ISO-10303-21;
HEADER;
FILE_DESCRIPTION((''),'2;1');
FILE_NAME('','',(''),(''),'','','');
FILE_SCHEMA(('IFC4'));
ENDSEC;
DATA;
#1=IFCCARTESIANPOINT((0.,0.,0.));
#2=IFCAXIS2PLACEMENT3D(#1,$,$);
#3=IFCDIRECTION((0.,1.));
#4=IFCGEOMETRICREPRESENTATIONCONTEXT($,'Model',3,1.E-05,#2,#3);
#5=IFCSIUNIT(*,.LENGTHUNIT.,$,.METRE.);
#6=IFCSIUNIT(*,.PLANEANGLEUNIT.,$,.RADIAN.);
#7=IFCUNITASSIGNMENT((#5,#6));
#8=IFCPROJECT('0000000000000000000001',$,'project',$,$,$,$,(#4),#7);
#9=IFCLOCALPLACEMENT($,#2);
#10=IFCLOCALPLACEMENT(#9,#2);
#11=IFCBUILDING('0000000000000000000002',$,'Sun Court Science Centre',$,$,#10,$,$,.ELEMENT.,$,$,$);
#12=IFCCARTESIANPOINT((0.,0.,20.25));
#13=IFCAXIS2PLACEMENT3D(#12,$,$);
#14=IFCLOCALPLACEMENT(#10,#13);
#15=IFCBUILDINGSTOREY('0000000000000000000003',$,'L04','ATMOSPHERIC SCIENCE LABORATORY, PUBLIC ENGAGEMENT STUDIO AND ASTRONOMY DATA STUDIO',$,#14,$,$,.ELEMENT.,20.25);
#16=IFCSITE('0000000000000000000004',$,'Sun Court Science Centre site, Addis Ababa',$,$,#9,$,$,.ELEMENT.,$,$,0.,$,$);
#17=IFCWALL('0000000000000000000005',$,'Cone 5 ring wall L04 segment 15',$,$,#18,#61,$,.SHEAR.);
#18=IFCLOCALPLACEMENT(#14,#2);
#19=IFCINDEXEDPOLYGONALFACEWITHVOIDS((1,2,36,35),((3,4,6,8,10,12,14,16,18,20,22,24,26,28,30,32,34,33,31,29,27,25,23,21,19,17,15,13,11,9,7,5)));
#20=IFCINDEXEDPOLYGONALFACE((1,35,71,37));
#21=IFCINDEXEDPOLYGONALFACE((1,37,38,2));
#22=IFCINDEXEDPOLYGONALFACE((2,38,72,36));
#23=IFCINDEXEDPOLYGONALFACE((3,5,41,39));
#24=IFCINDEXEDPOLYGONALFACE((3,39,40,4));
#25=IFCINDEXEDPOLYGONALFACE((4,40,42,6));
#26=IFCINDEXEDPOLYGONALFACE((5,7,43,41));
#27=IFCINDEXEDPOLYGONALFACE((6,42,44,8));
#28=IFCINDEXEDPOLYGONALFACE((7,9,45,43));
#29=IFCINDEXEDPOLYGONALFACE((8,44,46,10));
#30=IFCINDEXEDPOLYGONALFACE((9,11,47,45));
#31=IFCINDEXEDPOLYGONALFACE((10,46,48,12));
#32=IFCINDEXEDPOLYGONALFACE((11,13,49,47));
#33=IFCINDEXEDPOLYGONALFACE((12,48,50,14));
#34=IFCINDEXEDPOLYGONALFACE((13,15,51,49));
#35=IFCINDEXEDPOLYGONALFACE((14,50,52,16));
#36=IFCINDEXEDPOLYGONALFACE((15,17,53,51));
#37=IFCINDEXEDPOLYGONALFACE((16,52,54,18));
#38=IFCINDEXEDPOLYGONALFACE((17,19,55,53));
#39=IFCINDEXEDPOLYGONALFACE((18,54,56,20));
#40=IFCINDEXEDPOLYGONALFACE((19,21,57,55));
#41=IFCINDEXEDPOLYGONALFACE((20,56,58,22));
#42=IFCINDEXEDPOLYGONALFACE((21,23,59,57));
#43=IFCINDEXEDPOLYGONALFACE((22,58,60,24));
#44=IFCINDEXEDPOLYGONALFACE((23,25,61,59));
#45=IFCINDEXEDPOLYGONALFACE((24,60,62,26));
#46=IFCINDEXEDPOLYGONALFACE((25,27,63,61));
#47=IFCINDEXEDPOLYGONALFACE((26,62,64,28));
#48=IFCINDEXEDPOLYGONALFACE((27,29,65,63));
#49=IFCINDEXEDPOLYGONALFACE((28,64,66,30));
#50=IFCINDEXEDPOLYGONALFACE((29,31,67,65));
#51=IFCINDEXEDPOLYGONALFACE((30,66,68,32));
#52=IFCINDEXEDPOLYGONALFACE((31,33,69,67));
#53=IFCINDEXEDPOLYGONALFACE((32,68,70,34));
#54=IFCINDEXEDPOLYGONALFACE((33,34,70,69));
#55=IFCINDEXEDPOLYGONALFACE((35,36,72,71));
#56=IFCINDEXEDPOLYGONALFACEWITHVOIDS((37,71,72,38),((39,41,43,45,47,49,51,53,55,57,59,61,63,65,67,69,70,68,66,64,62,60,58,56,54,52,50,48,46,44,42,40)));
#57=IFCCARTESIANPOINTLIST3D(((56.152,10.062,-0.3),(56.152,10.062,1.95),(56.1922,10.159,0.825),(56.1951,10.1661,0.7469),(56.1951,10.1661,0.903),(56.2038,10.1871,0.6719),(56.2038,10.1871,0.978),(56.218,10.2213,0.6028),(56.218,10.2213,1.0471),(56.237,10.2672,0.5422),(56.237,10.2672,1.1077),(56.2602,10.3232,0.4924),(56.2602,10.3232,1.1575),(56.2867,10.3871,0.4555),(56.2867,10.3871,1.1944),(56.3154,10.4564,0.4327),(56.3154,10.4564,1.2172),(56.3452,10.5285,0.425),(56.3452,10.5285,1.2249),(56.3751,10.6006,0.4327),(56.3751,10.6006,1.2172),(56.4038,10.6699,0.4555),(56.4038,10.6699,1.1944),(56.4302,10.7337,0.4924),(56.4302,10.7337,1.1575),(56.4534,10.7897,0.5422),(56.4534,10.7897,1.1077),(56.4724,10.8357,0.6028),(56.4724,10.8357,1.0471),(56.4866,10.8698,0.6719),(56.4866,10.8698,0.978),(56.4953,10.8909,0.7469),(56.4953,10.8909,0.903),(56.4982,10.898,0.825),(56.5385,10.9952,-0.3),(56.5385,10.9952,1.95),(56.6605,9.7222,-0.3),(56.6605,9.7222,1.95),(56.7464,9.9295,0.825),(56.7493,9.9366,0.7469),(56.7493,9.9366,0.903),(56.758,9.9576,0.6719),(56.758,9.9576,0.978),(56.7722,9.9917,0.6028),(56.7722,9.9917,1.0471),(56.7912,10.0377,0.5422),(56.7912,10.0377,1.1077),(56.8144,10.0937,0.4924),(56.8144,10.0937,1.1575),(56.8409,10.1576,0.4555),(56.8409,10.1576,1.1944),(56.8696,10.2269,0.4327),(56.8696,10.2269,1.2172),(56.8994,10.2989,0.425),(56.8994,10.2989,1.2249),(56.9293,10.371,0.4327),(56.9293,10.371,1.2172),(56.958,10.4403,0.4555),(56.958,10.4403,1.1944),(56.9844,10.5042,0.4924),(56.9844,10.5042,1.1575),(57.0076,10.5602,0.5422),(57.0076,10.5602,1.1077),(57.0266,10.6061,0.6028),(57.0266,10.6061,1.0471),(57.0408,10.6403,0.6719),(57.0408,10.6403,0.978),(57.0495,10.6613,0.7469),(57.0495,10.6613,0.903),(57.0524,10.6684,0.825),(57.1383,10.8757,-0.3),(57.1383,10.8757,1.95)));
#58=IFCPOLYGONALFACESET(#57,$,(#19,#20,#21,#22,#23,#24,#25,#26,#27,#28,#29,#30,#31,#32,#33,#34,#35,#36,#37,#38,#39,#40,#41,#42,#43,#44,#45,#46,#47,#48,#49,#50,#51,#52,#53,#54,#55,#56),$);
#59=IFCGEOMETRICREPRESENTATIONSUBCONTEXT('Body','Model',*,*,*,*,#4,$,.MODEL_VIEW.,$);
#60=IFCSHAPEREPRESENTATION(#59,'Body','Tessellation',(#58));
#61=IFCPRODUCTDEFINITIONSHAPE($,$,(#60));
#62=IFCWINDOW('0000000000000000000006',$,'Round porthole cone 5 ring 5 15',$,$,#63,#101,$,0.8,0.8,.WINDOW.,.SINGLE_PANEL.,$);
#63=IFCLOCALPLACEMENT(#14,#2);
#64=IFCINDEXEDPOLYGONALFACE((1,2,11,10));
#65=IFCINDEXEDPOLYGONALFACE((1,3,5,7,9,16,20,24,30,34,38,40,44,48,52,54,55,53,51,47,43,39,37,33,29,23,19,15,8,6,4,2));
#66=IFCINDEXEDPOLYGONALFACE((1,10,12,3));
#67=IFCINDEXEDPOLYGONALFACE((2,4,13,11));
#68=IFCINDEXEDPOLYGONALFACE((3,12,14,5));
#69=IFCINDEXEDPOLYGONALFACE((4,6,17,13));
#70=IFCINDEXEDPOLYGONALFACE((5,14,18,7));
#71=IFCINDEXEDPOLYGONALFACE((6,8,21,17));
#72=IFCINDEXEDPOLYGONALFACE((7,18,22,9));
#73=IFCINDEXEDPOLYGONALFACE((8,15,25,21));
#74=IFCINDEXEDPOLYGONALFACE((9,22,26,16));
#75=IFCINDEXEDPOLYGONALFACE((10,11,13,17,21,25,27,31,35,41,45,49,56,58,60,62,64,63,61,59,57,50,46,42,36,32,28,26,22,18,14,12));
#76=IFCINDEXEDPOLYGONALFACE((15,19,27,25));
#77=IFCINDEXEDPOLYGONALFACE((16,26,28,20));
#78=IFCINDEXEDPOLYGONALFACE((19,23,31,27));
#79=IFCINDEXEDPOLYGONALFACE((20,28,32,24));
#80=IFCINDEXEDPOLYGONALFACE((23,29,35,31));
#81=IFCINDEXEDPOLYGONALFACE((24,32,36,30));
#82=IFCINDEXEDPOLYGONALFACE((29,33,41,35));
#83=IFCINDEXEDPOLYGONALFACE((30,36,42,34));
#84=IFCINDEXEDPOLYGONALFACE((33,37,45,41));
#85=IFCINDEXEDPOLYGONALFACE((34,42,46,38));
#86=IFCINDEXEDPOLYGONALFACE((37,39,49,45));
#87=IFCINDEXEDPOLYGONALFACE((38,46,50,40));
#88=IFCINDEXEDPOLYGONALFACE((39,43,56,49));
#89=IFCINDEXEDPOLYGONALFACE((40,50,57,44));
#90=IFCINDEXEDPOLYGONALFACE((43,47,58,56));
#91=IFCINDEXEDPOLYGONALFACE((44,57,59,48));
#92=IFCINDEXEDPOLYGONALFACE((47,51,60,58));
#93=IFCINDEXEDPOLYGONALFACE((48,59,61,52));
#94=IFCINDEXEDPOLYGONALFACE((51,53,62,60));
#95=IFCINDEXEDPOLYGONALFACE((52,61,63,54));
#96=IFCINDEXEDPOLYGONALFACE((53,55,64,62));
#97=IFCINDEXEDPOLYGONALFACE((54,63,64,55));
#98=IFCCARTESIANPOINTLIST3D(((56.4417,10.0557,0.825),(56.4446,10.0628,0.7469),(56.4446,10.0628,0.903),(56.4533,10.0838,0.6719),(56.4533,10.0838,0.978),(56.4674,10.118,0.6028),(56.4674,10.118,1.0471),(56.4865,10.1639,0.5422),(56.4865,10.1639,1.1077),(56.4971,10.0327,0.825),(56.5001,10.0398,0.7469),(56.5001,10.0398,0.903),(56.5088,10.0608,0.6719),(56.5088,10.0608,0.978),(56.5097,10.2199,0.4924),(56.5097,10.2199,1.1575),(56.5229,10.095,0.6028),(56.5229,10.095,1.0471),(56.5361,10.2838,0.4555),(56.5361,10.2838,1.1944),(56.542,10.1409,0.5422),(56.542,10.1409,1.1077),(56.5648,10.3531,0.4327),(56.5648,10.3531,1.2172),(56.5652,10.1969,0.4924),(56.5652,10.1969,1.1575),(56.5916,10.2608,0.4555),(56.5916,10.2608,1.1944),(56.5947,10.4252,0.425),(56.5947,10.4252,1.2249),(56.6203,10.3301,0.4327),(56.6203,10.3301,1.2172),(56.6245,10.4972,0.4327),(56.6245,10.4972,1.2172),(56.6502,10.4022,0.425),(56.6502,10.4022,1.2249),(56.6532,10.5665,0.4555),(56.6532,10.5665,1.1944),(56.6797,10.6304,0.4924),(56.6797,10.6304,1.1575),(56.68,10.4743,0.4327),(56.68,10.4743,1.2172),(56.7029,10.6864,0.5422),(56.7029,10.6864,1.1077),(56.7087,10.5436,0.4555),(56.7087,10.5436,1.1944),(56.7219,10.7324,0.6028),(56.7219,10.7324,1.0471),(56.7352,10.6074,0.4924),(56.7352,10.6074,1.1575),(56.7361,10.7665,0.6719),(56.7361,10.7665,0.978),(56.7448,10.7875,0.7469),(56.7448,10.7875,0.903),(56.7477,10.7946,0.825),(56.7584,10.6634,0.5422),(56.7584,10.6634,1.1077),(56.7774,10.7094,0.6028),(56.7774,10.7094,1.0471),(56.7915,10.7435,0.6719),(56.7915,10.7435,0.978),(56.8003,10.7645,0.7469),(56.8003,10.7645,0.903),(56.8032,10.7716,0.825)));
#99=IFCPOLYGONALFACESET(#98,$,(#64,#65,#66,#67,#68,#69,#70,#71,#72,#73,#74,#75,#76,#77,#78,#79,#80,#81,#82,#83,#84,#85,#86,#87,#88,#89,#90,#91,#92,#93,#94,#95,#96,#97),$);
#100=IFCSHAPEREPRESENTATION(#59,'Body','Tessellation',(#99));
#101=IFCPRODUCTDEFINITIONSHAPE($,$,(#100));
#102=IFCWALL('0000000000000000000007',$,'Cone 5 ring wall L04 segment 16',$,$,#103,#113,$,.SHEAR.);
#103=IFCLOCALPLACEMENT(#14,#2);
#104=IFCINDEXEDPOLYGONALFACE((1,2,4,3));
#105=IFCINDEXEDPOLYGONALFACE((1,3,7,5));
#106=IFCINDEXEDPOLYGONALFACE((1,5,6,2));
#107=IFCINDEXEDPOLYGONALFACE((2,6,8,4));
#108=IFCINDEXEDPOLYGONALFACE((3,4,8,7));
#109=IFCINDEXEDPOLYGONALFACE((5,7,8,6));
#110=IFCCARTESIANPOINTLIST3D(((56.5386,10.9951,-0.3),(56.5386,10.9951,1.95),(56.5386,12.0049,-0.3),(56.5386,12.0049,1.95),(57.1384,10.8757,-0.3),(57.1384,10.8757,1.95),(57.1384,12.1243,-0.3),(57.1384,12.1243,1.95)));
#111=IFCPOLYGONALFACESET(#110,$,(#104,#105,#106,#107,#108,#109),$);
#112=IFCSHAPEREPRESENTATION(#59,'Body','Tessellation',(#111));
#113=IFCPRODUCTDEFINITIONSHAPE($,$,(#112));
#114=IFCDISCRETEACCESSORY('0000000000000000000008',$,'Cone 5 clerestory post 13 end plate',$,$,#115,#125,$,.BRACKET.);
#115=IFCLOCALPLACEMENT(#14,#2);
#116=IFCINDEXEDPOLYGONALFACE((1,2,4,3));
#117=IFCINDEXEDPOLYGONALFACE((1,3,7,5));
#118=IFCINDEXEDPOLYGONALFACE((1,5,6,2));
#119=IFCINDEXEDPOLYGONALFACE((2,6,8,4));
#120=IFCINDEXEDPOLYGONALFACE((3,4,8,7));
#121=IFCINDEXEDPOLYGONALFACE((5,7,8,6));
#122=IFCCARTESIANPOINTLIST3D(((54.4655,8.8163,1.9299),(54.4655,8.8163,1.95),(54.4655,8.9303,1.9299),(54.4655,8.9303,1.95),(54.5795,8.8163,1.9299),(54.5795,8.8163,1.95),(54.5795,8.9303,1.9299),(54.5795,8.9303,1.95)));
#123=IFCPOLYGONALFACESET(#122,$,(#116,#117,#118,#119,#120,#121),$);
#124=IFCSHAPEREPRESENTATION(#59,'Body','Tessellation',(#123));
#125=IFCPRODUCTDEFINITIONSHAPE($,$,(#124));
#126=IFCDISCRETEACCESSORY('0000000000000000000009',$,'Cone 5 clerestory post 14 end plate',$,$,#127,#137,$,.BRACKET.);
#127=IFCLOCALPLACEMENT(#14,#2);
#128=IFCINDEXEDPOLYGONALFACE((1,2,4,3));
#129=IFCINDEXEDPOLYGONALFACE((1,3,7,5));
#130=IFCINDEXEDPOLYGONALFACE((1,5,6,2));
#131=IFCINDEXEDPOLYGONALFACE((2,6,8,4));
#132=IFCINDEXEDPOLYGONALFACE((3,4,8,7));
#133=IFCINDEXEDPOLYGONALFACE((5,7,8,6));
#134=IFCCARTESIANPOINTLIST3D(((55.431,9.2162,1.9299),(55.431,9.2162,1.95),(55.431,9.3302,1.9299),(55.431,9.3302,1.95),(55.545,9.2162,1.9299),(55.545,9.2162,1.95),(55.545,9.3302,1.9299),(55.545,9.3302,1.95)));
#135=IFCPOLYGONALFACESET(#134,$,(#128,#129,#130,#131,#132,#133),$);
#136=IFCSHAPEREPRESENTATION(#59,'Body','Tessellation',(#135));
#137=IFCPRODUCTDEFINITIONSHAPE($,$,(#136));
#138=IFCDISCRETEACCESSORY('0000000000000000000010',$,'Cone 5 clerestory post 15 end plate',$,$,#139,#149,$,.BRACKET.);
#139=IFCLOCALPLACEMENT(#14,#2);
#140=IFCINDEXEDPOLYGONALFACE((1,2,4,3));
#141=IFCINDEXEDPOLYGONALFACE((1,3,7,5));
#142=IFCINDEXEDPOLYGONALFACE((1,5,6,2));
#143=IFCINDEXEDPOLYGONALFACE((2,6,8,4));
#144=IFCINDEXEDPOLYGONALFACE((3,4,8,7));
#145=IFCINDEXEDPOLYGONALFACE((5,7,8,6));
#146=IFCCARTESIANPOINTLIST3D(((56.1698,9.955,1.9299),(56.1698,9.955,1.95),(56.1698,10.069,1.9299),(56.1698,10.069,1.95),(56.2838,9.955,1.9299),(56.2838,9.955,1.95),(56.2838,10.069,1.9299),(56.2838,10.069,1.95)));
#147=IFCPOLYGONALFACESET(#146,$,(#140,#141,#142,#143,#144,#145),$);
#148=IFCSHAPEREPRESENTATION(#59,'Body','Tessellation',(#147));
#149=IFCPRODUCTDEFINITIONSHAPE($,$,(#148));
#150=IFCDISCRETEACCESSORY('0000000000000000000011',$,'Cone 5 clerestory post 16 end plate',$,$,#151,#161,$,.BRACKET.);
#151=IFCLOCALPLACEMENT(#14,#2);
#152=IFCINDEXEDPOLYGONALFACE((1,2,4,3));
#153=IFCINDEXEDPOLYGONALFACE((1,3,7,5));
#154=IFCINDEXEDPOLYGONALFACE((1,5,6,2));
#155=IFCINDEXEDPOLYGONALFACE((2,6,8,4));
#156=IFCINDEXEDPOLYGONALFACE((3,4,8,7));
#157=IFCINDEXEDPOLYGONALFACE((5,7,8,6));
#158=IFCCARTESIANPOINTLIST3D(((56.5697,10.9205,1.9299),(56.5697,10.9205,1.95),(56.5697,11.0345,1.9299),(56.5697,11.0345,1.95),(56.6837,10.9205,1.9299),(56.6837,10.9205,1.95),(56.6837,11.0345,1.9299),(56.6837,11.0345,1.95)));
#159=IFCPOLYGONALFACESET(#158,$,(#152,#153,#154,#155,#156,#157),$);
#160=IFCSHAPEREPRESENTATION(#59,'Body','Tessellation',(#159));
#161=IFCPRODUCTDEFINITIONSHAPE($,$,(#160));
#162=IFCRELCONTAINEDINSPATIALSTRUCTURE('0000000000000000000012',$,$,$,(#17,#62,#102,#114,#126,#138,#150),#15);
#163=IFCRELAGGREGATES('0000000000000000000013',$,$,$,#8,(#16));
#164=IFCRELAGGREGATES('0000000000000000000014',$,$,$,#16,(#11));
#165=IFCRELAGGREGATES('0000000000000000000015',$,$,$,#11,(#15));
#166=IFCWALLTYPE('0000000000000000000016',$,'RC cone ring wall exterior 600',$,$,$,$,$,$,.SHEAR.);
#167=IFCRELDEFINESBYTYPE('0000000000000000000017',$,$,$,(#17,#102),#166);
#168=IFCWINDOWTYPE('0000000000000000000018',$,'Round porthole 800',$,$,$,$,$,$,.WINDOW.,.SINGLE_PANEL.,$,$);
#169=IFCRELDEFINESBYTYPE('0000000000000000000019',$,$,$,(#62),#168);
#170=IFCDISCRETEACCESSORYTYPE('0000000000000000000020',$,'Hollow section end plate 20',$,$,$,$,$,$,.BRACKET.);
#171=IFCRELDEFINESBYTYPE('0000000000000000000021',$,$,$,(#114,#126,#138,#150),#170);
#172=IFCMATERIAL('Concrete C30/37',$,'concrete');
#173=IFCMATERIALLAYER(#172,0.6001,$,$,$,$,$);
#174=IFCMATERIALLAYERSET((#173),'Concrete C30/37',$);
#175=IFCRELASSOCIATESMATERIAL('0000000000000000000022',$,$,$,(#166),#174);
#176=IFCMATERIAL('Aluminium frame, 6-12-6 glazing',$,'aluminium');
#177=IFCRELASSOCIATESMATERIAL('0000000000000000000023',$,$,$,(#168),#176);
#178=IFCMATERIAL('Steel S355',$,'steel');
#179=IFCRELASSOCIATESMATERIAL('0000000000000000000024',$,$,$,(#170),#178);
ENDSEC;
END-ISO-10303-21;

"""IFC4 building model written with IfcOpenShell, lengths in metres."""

from ifc_helpers import new_model, si_unit, direction, frame, frame_2d, origin, origin_2d, place, context, subcontext, project, spatial, polyline, rectangle, circle, outline, extrude, material, layer, layer_set, type_object, element, fill, save


model = new_model("IFC4")

# Units and contexts
model_context = context("Model", 3, precision=1e-05, world=origin(), true_north=direction((0.0, 1.0)))
body_context = subcontext(model_context, "Body", "Model", "MODEL_VIEW")
ifc_project = project(units=[si_unit("LENGTHUNIT", "METRE"), si_unit("PLANEANGLEUNIT", "RADIAN")], contexts=[model_context])

# Site, building, storey
site_placement = place(None, origin())
site = spatial("IfcSite", under=ifc_project, at=site_placement, Name="Sun Court Science Centre site, Addis Ababa", CompositionType="ELEMENT", RefElevation=0.0)
building_placement = place(site_placement, origin())
building = spatial("IfcBuilding", under=site, at=building_placement, Name="Sun Court Science Centre", CompositionType="ELEMENT")
storey_placement = place(building_placement, frame((0.0, 0.0, 20.25)))
storey = spatial("IfcBuildingStorey", under=building, at=storey_placement, Name="L04", Description="ATMOSPHERIC SCIENCE LABORATORY, PUBLIC ENGAGEMENT STUDIO AND ASTRONOMY DATA STUDIO", CompositionType="ELEMENT", Elevation=20.25)

# Shared definitions
ifc_material_1 = material(Name="Concrete C30/37", Category="concrete")
ifc_layer = layer(ifc_material_1, 0.6001)
ifc_layer_set = layer_set([ifc_layer], Name="Concrete C30/37")
wall_type = type_object("IfcWallType", Name="RC cone ring wall exterior 600", PredefinedType="SHEAR", material=ifc_layer_set)
ifc_material_2 = material(Name="Aluminium frame, 6-12-6 glazing", Category="aluminium")
window_type = type_object("IfcWindowType", Name="Round porthole 800", PartitioningType="SINGLE_PANEL", PredefinedType="WINDOW", material=ifc_material_2)

# Wall, opening, window
wall_1_placement = place(storey_placement, frame((56.3835, 9.8369, -0.3), z_axis=(0.0, 0.0, 1.0), x_axis=(0.382657, 0.923891, 0.0)))
wall_1 = element("IfcWall", 1, at=wall_1_placement, inside=storey, type_object=wall_type, Name="Cone 5 ring wall L04 segment 15", PredefinedType="SHEAR", context=body_context, shape_type="SweptSolid", body=[
    extrude(outline(polyline([(0.0, -0.2998), (1.2485, -0.2998), (1.1294, 0.3), (0.1194, 0.3), (0.0, -0.2998)])), origin(), (0.0, 0.0, 1.0), 2.25),
])
opening_1_placement = place(wall_1_placement, frame((0.2244, 0.0, 0.7251)))
opening_1 = element("IfcOpeningElement", 2, at=opening_1_placement, cuts=wall_1, PredefinedType="OPENING", context=body_context, shape_type="SweptSolid", body=[
    extrude(circle(Radius=0.3999, at=frame_2d((0.3999, 0.3999))), frame((0.0, 0.3101, 0.0), z_axis=(0.0, -1.0, 0.0), x_axis=(1.0, 0.0, 0.0)), (0.0, 0.0, 1.0), 0.6201),
])
window_1_placement = place(opening_1_placement, origin())
window_1 = element("IfcWindow", 3, at=window_1_placement, inside=storey, type_object=window_type, Name="Round porthole cone 5 ring 5 15", OverallHeight=0.8, OverallWidth=0.8, PartitioningType="SINGLE_PANEL", PredefinedType="WINDOW", context=body_context, shape_type="SweptSolid", body=[
    extrude(circle(Radius=0.3999, at=frame_2d((0.3999, 0.3999))), frame((0.0, 0.03, 0.0), z_axis=(0.0, -1.0, 0.0), x_axis=(1.0, 0.0, 0.0)), (0.0, 0.0, 1.0), 0.0601),
])
fill(opening_1, window_1)

# Wall
wall_2_placement = place(storey_placement, frame((56.8386, 10.8757, -0.3), z_axis=(0.0, 0.0, 1.0), x_axis=(0.0, 1.0, 0.0)))
element("IfcWall", 4, at=wall_2_placement, inside=storey, type_object=wall_type, Name="Cone 5 ring wall L04 segment 16", PredefinedType="SHEAR", context=body_context, shape_type="SweptSolid", body=[
    extrude(outline(polyline([(0.0, -0.2998), (1.2485, -0.2998), (1.1292, 0.3), (0.1194, 0.3), (0.0, -0.2998)])), origin(), (0.0, 0.0, 1.0), 2.25),
])

# Discrete accessories
ifc_material_3 = material(Name="Steel S355", Category="steel")
discrete_accessory_type = type_object("IfcDiscreteAccessoryType", Name="Hollow section end plate 20", PredefinedType="BRACKET", material=ifc_material_3)
for number, where, z_axis, x_axis, name in (
    (5, (54.5225, 8.8733, 1.9299), (0.0, 0.0, 1.0), (1.0, 0.0, 0.0), "Cone 5 clerestory post 13 end plate"),
    (6, (55.488, 9.2732, 1.9299), (0.0, 0.0, 1.0), (1.0, 0.0, 0.0), "Cone 5 clerestory post 14 end plate"),
    (7, (56.2268, 10.012, 1.9299), (0.0, 0.0, 1.0), (1.0, 0.0, 0.0), "Cone 5 clerestory post 15 end plate"),
    (8, (56.6267, 10.9775, 1.9299), (0.0, 0.0, 1.0), (1.0, 0.0, 0.0), "Cone 5 clerestory post 16 end plate"),
):
    element("IfcDiscreteAccessory", number, at=place(storey_placement, frame(where, z_axis=z_axis, x_axis=x_axis)), inside=storey, type_object=discrete_accessory_type, Name=name, PredefinedType="BRACKET", context=body_context, shape_type="SweptSolid", body=[
        extrude(rectangle(XDim=0.114, YDim=0.114, at=origin_2d()), origin(), (0.0, 0.0, 1.0), 0.02),
    ])

save(model, "model.ifc")
